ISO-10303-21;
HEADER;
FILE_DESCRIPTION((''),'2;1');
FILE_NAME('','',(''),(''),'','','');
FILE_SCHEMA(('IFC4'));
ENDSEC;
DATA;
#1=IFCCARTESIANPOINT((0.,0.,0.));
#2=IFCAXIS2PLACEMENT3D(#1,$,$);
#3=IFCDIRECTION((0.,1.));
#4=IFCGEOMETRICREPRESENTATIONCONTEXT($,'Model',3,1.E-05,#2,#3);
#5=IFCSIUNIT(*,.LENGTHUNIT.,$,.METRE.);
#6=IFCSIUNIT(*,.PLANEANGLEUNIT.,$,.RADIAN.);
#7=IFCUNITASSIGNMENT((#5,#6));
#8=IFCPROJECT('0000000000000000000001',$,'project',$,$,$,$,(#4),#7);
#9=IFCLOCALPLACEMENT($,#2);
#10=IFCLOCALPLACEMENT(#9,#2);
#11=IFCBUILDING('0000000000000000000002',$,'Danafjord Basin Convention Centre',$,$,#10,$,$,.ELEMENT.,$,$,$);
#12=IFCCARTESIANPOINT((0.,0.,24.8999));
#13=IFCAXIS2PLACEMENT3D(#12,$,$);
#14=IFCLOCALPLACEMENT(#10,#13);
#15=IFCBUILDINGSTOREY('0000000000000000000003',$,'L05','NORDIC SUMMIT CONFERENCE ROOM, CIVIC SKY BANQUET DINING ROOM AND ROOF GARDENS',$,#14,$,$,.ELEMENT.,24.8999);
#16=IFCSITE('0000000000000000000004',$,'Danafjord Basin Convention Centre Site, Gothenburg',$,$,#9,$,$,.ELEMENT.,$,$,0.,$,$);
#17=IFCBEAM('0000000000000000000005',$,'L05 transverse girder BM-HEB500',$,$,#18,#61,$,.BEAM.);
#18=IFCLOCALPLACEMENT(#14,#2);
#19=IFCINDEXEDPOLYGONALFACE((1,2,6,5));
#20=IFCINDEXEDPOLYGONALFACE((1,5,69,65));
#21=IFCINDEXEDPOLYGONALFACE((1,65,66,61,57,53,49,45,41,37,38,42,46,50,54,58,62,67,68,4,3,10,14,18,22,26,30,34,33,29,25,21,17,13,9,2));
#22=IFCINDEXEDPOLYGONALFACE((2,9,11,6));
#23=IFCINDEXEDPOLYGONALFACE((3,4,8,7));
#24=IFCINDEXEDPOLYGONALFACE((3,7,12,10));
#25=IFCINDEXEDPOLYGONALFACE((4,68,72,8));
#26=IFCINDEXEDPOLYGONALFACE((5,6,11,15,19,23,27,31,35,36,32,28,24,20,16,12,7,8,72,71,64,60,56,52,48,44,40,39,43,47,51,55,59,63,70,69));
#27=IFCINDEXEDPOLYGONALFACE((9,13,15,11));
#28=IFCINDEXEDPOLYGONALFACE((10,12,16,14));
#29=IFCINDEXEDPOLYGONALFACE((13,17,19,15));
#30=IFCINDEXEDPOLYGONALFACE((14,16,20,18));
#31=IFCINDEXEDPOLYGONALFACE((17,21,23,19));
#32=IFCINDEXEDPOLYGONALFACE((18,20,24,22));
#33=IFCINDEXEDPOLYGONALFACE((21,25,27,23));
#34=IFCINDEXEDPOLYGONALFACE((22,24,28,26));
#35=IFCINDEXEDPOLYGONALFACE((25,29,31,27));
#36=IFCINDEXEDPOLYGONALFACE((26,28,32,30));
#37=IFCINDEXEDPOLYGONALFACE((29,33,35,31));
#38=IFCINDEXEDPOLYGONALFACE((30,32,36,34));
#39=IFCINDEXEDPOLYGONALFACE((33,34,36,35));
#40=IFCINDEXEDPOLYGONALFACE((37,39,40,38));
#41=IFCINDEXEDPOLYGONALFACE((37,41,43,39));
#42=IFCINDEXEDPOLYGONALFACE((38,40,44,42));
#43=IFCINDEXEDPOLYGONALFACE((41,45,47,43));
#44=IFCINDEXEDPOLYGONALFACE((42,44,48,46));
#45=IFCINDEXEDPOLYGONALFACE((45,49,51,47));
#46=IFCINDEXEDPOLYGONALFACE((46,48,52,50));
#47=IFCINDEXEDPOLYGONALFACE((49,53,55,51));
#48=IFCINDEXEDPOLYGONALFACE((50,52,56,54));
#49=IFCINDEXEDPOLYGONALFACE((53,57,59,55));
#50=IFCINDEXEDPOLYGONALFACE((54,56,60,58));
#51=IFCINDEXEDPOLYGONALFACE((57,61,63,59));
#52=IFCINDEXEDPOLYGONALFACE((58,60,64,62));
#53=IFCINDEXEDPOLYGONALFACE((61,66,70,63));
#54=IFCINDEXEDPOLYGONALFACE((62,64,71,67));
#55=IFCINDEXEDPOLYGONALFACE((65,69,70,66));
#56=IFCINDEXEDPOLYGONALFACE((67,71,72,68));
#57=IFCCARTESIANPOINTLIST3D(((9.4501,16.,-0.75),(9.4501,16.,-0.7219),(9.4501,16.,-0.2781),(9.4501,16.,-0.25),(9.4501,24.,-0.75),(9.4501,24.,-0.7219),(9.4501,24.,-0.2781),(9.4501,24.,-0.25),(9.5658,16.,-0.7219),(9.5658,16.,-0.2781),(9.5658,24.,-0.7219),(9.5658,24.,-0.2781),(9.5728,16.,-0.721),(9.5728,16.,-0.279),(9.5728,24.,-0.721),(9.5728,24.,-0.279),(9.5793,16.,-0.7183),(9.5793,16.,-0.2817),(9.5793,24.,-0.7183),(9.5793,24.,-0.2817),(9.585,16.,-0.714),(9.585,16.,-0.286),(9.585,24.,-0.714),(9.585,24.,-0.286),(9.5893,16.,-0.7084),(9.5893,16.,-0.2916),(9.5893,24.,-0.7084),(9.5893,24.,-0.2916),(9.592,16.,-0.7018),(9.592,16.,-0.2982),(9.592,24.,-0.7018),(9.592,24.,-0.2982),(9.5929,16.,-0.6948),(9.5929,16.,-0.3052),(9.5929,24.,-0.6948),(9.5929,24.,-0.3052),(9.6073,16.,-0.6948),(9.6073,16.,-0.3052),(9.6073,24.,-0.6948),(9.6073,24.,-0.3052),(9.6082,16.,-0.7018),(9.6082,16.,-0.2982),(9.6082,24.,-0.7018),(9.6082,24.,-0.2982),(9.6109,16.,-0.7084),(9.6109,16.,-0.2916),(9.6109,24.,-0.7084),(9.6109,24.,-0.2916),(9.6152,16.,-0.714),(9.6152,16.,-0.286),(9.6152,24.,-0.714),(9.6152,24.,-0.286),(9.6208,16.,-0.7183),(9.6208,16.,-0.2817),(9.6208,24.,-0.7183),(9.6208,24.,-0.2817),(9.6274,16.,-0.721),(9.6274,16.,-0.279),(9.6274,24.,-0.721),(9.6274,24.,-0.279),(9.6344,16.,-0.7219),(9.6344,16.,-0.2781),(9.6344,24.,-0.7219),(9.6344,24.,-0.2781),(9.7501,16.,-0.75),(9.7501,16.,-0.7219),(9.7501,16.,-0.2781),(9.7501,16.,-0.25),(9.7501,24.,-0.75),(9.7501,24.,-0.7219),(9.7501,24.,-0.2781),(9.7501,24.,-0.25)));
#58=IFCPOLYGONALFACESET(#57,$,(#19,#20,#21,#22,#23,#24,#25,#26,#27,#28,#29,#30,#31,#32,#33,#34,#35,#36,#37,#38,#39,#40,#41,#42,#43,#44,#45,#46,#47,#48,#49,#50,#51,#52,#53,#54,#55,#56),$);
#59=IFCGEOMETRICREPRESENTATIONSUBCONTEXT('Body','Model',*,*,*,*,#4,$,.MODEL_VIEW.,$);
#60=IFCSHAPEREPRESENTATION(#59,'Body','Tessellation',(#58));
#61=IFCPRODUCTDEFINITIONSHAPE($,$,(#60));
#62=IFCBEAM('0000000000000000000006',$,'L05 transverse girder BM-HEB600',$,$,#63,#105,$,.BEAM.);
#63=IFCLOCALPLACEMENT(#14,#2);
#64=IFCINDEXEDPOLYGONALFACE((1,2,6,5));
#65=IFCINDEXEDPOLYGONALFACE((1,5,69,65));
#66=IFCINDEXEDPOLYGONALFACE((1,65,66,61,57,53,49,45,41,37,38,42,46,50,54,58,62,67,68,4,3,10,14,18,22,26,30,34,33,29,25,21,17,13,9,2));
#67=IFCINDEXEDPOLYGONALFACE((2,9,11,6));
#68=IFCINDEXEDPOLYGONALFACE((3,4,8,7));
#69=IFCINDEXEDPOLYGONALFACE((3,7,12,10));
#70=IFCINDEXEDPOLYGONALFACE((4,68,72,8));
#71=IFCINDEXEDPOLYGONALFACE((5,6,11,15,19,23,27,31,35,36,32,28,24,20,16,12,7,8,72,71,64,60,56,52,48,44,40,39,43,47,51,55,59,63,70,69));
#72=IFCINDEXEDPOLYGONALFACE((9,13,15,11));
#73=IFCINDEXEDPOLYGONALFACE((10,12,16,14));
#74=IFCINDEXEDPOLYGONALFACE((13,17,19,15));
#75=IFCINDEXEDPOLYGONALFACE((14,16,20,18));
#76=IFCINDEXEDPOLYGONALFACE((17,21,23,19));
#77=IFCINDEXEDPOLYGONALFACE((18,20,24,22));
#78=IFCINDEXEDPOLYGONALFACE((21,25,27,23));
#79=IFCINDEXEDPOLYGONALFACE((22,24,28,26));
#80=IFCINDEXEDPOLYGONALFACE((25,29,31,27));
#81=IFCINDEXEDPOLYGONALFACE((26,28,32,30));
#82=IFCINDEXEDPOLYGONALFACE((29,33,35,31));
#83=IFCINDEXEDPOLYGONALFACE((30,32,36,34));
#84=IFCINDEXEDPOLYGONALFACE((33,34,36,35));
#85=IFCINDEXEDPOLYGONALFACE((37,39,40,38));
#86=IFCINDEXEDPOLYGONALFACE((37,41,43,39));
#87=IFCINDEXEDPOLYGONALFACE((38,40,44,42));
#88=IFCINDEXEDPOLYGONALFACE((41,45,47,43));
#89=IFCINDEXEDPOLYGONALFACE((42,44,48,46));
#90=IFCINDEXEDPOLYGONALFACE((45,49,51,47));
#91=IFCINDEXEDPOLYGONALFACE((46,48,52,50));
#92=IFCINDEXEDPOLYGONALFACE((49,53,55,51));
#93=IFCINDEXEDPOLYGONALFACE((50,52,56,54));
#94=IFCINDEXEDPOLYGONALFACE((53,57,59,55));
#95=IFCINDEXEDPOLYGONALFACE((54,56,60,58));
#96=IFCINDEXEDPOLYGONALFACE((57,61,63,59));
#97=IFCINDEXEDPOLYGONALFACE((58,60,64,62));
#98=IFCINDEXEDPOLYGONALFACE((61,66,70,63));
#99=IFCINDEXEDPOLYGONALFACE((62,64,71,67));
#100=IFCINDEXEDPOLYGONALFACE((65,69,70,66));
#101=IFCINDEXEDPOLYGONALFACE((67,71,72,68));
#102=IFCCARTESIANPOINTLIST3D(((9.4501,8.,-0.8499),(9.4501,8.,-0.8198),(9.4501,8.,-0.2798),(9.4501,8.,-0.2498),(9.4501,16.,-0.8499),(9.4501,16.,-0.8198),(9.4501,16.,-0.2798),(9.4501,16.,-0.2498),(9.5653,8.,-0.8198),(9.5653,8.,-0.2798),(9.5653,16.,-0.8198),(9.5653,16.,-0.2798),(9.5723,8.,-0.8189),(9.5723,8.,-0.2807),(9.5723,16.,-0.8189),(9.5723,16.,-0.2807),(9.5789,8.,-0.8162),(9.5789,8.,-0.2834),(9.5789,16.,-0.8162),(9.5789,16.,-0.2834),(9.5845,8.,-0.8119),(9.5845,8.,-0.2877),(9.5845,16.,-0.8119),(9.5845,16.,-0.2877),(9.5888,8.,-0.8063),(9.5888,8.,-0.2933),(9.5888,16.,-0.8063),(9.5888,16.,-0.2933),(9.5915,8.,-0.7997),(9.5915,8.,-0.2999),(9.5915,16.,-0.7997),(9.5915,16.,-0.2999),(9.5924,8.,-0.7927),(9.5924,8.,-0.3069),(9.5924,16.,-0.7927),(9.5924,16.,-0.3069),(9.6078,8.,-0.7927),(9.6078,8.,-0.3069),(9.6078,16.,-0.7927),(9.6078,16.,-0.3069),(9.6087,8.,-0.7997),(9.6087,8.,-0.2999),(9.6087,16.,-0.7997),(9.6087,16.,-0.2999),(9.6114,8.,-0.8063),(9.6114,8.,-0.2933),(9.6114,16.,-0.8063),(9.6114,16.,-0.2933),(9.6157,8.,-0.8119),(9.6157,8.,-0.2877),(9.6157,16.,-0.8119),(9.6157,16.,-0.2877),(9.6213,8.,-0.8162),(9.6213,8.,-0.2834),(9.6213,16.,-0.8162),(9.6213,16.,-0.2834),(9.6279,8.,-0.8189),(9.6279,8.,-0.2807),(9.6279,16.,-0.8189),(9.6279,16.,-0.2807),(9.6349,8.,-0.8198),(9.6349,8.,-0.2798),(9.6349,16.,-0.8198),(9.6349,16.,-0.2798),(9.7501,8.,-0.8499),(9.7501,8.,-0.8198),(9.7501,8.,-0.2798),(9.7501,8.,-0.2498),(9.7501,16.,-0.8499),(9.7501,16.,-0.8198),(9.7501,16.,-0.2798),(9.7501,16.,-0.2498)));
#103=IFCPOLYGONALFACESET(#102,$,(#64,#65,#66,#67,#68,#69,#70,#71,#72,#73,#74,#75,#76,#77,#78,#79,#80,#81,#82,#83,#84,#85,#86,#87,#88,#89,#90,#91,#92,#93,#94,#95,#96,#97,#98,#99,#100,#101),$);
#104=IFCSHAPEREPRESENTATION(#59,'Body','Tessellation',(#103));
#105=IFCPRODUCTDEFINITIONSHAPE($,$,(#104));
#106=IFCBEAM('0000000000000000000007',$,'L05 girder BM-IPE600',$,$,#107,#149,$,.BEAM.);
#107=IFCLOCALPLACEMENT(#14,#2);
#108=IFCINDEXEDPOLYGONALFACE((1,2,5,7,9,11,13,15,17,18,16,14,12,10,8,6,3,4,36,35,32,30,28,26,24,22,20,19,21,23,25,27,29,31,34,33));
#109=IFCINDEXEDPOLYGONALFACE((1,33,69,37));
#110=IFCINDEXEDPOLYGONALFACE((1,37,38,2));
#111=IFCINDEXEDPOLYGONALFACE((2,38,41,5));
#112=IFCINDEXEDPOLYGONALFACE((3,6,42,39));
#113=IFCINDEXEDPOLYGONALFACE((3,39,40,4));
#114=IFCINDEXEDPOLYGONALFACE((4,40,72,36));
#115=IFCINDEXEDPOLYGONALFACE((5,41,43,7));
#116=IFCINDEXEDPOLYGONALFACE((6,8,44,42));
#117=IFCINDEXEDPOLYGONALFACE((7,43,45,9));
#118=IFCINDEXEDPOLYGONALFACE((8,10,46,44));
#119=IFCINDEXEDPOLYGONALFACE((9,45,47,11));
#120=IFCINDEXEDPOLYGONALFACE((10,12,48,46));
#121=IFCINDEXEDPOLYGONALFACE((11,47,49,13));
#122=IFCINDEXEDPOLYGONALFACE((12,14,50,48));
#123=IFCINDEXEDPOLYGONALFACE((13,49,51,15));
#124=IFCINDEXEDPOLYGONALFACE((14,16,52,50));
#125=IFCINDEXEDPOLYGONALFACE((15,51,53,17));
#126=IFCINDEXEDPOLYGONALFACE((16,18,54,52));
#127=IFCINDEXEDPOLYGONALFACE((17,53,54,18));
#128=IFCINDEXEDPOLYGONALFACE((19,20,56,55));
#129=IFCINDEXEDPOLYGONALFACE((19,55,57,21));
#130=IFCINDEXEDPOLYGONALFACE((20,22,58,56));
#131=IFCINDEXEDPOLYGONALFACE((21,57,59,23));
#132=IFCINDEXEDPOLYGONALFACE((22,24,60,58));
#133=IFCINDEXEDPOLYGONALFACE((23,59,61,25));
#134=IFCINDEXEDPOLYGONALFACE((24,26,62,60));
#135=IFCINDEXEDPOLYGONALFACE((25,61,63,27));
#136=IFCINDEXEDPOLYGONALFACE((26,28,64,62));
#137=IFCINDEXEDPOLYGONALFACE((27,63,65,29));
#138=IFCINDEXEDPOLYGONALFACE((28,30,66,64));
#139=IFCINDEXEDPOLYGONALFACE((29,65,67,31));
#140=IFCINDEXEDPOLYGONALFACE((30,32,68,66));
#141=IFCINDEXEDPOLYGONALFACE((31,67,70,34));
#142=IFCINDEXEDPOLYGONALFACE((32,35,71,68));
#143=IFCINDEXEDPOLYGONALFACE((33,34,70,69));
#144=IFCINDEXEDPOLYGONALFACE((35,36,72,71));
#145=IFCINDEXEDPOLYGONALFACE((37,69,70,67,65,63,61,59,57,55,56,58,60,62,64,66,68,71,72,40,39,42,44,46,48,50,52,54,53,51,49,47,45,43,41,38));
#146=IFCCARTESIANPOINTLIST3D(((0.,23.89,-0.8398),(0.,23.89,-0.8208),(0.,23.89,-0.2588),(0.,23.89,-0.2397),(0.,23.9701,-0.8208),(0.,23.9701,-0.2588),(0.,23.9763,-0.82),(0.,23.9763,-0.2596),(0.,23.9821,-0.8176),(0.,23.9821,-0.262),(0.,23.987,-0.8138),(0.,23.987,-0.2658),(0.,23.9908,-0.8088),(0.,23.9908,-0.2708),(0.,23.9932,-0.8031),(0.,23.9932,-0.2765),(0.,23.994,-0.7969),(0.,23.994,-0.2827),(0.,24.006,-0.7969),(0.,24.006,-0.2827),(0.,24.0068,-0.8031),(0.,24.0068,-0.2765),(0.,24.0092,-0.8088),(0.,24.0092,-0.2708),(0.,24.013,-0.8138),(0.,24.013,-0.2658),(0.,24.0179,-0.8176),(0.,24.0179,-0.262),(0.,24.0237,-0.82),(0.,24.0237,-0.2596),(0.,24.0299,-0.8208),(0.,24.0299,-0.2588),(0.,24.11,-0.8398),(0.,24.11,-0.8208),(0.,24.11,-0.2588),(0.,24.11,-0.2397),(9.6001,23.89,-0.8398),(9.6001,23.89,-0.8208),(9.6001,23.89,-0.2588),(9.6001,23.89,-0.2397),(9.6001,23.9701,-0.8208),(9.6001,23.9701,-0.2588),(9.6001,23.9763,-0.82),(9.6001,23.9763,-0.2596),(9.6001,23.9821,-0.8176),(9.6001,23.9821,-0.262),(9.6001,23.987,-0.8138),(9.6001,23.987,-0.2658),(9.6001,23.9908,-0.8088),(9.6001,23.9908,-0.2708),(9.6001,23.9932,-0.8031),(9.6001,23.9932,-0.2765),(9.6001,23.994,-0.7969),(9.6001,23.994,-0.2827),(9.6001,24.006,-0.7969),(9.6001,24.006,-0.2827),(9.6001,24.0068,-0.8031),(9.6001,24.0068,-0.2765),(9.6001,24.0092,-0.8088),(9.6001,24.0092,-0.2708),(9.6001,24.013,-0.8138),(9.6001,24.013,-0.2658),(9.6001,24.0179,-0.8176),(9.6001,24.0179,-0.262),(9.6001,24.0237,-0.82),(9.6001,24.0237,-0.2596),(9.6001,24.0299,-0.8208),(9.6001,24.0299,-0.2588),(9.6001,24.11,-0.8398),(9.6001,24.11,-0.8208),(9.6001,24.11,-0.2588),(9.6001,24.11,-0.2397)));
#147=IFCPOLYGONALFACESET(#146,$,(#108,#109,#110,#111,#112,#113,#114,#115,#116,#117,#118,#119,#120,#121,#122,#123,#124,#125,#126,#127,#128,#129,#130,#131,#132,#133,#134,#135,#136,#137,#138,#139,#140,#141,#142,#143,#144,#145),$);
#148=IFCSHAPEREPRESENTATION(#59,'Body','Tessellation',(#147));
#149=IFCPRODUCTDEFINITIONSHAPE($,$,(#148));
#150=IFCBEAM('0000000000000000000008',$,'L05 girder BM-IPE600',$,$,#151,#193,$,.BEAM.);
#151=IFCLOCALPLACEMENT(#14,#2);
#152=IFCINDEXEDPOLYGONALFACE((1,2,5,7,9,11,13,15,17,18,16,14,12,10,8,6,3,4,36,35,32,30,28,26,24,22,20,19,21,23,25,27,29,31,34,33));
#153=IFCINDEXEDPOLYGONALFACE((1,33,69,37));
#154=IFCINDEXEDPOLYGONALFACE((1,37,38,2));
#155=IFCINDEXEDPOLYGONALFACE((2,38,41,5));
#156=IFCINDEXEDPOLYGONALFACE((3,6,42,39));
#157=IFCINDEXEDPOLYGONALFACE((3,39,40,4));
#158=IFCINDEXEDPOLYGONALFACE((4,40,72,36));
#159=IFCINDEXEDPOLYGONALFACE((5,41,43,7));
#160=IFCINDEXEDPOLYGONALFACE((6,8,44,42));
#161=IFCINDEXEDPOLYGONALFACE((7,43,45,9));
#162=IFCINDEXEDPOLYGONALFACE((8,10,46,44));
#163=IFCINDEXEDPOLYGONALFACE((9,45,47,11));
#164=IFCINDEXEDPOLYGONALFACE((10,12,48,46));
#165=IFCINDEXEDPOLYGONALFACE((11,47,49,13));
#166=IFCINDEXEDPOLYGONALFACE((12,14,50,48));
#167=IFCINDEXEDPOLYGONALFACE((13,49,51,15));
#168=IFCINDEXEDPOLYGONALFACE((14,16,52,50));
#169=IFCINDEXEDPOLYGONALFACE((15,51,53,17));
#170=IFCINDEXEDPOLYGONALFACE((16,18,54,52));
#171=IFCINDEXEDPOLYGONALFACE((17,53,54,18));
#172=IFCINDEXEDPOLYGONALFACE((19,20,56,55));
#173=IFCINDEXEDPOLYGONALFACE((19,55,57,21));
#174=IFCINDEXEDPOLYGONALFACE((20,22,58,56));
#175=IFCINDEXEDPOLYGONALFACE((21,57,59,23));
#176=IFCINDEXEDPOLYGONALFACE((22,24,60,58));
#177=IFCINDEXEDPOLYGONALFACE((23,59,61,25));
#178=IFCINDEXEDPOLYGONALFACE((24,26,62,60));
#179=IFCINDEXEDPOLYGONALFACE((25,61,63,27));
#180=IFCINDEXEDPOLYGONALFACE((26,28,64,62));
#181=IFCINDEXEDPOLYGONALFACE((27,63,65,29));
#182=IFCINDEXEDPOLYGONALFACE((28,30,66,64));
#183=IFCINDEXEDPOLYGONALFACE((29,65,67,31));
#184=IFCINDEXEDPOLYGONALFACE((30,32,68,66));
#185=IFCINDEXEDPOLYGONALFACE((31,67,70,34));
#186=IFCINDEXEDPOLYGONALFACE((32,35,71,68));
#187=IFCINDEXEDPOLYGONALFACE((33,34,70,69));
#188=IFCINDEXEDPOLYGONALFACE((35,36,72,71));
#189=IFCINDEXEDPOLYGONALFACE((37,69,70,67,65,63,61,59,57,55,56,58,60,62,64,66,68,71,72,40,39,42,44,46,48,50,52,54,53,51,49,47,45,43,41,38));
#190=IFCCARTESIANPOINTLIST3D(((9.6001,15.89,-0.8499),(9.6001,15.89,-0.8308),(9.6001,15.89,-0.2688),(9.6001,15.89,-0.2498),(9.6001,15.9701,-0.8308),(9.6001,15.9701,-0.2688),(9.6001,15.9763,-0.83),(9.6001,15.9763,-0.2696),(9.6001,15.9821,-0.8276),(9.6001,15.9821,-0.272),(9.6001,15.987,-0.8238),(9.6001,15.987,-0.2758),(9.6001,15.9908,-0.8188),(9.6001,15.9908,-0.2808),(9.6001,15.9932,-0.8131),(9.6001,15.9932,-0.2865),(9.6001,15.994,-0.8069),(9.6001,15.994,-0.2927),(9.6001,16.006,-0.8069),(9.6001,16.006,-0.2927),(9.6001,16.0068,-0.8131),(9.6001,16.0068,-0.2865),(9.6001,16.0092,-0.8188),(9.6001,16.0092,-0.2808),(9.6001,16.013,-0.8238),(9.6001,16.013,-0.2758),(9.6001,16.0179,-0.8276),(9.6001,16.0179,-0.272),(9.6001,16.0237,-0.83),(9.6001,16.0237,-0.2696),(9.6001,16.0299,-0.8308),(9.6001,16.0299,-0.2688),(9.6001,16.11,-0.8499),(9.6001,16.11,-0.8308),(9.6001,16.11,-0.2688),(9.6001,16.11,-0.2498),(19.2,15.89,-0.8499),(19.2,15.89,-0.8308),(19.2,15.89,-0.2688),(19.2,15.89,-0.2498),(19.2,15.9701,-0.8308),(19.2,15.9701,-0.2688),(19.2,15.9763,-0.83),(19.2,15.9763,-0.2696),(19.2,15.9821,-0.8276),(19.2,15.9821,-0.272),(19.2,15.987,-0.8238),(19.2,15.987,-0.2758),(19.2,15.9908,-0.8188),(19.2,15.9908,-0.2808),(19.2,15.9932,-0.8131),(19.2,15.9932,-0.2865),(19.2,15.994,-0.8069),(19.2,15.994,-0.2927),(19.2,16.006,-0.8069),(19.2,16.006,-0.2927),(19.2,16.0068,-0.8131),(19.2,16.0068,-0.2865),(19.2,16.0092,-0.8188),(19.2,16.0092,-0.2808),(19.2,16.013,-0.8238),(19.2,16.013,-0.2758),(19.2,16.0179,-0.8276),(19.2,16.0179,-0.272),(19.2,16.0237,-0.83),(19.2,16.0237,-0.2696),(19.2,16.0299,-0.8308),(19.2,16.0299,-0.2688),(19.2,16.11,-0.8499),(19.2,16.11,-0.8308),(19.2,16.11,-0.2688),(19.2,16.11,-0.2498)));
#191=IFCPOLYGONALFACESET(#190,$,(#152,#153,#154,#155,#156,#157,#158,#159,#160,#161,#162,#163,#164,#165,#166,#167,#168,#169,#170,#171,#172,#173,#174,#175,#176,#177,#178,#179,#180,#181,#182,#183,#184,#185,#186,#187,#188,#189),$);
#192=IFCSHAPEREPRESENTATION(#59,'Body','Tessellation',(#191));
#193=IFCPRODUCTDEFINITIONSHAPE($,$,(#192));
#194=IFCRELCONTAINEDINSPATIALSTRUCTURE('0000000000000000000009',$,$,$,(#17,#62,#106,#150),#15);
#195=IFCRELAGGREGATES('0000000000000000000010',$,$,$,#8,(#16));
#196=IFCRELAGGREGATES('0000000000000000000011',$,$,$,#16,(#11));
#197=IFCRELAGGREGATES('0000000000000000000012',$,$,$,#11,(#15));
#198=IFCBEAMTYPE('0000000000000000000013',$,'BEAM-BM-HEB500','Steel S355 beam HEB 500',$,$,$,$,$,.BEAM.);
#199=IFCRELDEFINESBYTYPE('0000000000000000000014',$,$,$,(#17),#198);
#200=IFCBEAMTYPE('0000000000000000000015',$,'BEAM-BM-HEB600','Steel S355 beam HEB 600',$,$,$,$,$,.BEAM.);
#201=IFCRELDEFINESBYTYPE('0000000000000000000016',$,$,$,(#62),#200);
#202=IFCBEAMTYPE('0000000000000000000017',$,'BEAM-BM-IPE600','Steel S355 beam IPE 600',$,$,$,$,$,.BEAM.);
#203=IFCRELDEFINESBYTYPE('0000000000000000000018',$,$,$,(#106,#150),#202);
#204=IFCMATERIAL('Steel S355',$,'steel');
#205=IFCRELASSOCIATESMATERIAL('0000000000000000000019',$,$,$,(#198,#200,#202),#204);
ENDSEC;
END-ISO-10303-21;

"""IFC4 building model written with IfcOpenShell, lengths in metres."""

from ifc_helpers import new_model, si_unit, direction, frame, origin, origin_2d, place, context, subcontext, project, spatial, i_section, extrude, material, material_profile, profile_set, type_object, element, save


model = new_model("IFC4")

# Units and contexts
model_context = context("Model", 3, precision=1e-05, world=origin(), true_north=direction((0.0, 1.0)))
body_context = subcontext(model_context, "Body", "Model", "MODEL_VIEW")
ifc_project = project(units=[si_unit("LENGTHUNIT", "METRE"), si_unit("PLANEANGLEUNIT", "RADIAN")], contexts=[model_context])

# Site, building, storey
site_placement = place(None, origin())
site = spatial("IfcSite", under=ifc_project, at=site_placement, Name="Danafjord Basin Convention Centre Site, Gothenburg", CompositionType="ELEMENT", RefElevation=0.0)
building_placement = place(site_placement, origin())
building = spatial("IfcBuilding", under=site, at=building_placement, Name="Danafjord Basin Convention Centre", CompositionType="ELEMENT")
storey_placement = place(building_placement, frame((0.0, 0.0, 24.8999)))
storey = spatial("IfcBuildingStorey", under=building, at=storey_placement, Name="L05", Description="NORDIC SUMMIT CONFERENCE ROOM, CIVIC SKY BANQUET DINING ROOM AND ROOF GARDENS", CompositionType="ELEMENT", Elevation=24.8999)

# Shared definitions
ifc_material_1 = material(Name="Steel S355", Category="steel")

# Beams
ifc_material_profile_1 = material_profile(ifc_material_1, i_section(OverallWidth=0.3, OverallDepth=0.5, WebThickness=0.0144, FlangeThickness=0.0281, FilletRadius=0.0271, at=origin_2d()), Name="HEB 500")
ifc_profile_set_1 = profile_set([ifc_material_profile_1], Name="Steel S355")
beam_type_1 = type_object("IfcBeamType", Name="BEAM-BM-HEB500", Description="Steel S355 beam HEB 500", PredefinedType="BEAM", material=ifc_profile_set_1)
beam_1_placement = place(storey_placement, frame((9.6001, 16.0, -0.5), z_axis=(0.0, 1.0, 0.0), x_axis=(-1.0, 0.0, 0.0)))
element("IfcBeam", 1, at=beam_1_placement, inside=storey, type_object=beam_type_1, Name="L05 transverse girder BM-HEB500", PredefinedType="BEAM", context=body_context, shape_type="SweptSolid", body=[
    extrude(i_section(OverallWidth=0.3, OverallDepth=0.5, WebThickness=0.0144, FlangeThickness=0.0281, FilletRadius=0.0271, at=origin_2d()), origin(), (0.0, 0.0, 1.0), 8.0),
])
ifc_material_profile_2 = material_profile(ifc_material_1, i_section(OverallWidth=0.3, OverallDepth=0.6001, WebThickness=0.0154, FlangeThickness=0.03, FilletRadius=0.0271, at=origin_2d()), Name="HEB 600")
ifc_profile_set_2 = profile_set([ifc_material_profile_2], Name="Steel S355")
beam_type_2 = type_object("IfcBeamType", Name="BEAM-BM-HEB600", Description="Steel S355 beam HEB 600", PredefinedType="BEAM", material=ifc_profile_set_2)
beam_2_placement = place(storey_placement, frame((9.6001, 8.0, -0.5498), z_axis=(0.0, 1.0, 0.0), x_axis=(-1.0, 0.0, 0.0)))
element("IfcBeam", 2, at=beam_2_placement, inside=storey, type_object=beam_type_2, Name="L05 transverse girder BM-HEB600", PredefinedType="BEAM", context=body_context, shape_type="SweptSolid", body=[
    extrude(i_section(OverallWidth=0.3, OverallDepth=0.6001, WebThickness=0.0154, FlangeThickness=0.03, FilletRadius=0.0271, at=origin_2d()), origin(), (0.0, 0.0, 1.0), 8.0),
])
ifc_material_profile_3 = material_profile(ifc_material_1, i_section(OverallWidth=0.22, OverallDepth=0.6001, WebThickness=0.012, FlangeThickness=0.019, FilletRadius=0.0239, at=origin_2d()), Name="IPE 600")
ifc_profile_set_3 = profile_set([ifc_material_profile_3], Name="Steel S355")
beam_type_3 = type_object("IfcBeamType", Name="BEAM-BM-IPE600", Description="Steel S355 beam IPE 600", PredefinedType="BEAM", material=ifc_profile_set_3)
beam_3_placement = place(storey_placement, frame((0.0, 24.0, -0.5398), z_axis=(1.0, 0.0, 0.0), x_axis=(0.0, 1.0, 0.0)))
element("IfcBeam", 3, at=beam_3_placement, inside=storey, type_object=beam_type_3, Name="L05 girder BM-IPE600", PredefinedType="BEAM", context=body_context, shape_type="SweptSolid", body=[
    extrude(i_section(OverallWidth=0.22, OverallDepth=0.6001, WebThickness=0.012, FlangeThickness=0.019, FilletRadius=0.0239, at=origin_2d()), origin(), (0.0, 0.0, 1.0), 9.6001),
])
beam_4_placement = place(storey_placement, frame((9.6001, 16.0, -0.5498), z_axis=(1.0, 0.0, 0.0), x_axis=(0.0, 1.0, 0.0)))
element("IfcBeam", 4, at=beam_4_placement, inside=storey, type_object=beam_type_3, Name="L05 girder BM-IPE600", PredefinedType="BEAM", context=body_context, shape_type="SweptSolid", body=[
    extrude(i_section(OverallWidth=0.22, OverallDepth=0.6001, WebThickness=0.012, FlangeThickness=0.019, FilletRadius=0.0239, at=origin_2d()), origin(), (0.0, 0.0, 1.0), 9.5999),
])

save(model, "model.ifc")
